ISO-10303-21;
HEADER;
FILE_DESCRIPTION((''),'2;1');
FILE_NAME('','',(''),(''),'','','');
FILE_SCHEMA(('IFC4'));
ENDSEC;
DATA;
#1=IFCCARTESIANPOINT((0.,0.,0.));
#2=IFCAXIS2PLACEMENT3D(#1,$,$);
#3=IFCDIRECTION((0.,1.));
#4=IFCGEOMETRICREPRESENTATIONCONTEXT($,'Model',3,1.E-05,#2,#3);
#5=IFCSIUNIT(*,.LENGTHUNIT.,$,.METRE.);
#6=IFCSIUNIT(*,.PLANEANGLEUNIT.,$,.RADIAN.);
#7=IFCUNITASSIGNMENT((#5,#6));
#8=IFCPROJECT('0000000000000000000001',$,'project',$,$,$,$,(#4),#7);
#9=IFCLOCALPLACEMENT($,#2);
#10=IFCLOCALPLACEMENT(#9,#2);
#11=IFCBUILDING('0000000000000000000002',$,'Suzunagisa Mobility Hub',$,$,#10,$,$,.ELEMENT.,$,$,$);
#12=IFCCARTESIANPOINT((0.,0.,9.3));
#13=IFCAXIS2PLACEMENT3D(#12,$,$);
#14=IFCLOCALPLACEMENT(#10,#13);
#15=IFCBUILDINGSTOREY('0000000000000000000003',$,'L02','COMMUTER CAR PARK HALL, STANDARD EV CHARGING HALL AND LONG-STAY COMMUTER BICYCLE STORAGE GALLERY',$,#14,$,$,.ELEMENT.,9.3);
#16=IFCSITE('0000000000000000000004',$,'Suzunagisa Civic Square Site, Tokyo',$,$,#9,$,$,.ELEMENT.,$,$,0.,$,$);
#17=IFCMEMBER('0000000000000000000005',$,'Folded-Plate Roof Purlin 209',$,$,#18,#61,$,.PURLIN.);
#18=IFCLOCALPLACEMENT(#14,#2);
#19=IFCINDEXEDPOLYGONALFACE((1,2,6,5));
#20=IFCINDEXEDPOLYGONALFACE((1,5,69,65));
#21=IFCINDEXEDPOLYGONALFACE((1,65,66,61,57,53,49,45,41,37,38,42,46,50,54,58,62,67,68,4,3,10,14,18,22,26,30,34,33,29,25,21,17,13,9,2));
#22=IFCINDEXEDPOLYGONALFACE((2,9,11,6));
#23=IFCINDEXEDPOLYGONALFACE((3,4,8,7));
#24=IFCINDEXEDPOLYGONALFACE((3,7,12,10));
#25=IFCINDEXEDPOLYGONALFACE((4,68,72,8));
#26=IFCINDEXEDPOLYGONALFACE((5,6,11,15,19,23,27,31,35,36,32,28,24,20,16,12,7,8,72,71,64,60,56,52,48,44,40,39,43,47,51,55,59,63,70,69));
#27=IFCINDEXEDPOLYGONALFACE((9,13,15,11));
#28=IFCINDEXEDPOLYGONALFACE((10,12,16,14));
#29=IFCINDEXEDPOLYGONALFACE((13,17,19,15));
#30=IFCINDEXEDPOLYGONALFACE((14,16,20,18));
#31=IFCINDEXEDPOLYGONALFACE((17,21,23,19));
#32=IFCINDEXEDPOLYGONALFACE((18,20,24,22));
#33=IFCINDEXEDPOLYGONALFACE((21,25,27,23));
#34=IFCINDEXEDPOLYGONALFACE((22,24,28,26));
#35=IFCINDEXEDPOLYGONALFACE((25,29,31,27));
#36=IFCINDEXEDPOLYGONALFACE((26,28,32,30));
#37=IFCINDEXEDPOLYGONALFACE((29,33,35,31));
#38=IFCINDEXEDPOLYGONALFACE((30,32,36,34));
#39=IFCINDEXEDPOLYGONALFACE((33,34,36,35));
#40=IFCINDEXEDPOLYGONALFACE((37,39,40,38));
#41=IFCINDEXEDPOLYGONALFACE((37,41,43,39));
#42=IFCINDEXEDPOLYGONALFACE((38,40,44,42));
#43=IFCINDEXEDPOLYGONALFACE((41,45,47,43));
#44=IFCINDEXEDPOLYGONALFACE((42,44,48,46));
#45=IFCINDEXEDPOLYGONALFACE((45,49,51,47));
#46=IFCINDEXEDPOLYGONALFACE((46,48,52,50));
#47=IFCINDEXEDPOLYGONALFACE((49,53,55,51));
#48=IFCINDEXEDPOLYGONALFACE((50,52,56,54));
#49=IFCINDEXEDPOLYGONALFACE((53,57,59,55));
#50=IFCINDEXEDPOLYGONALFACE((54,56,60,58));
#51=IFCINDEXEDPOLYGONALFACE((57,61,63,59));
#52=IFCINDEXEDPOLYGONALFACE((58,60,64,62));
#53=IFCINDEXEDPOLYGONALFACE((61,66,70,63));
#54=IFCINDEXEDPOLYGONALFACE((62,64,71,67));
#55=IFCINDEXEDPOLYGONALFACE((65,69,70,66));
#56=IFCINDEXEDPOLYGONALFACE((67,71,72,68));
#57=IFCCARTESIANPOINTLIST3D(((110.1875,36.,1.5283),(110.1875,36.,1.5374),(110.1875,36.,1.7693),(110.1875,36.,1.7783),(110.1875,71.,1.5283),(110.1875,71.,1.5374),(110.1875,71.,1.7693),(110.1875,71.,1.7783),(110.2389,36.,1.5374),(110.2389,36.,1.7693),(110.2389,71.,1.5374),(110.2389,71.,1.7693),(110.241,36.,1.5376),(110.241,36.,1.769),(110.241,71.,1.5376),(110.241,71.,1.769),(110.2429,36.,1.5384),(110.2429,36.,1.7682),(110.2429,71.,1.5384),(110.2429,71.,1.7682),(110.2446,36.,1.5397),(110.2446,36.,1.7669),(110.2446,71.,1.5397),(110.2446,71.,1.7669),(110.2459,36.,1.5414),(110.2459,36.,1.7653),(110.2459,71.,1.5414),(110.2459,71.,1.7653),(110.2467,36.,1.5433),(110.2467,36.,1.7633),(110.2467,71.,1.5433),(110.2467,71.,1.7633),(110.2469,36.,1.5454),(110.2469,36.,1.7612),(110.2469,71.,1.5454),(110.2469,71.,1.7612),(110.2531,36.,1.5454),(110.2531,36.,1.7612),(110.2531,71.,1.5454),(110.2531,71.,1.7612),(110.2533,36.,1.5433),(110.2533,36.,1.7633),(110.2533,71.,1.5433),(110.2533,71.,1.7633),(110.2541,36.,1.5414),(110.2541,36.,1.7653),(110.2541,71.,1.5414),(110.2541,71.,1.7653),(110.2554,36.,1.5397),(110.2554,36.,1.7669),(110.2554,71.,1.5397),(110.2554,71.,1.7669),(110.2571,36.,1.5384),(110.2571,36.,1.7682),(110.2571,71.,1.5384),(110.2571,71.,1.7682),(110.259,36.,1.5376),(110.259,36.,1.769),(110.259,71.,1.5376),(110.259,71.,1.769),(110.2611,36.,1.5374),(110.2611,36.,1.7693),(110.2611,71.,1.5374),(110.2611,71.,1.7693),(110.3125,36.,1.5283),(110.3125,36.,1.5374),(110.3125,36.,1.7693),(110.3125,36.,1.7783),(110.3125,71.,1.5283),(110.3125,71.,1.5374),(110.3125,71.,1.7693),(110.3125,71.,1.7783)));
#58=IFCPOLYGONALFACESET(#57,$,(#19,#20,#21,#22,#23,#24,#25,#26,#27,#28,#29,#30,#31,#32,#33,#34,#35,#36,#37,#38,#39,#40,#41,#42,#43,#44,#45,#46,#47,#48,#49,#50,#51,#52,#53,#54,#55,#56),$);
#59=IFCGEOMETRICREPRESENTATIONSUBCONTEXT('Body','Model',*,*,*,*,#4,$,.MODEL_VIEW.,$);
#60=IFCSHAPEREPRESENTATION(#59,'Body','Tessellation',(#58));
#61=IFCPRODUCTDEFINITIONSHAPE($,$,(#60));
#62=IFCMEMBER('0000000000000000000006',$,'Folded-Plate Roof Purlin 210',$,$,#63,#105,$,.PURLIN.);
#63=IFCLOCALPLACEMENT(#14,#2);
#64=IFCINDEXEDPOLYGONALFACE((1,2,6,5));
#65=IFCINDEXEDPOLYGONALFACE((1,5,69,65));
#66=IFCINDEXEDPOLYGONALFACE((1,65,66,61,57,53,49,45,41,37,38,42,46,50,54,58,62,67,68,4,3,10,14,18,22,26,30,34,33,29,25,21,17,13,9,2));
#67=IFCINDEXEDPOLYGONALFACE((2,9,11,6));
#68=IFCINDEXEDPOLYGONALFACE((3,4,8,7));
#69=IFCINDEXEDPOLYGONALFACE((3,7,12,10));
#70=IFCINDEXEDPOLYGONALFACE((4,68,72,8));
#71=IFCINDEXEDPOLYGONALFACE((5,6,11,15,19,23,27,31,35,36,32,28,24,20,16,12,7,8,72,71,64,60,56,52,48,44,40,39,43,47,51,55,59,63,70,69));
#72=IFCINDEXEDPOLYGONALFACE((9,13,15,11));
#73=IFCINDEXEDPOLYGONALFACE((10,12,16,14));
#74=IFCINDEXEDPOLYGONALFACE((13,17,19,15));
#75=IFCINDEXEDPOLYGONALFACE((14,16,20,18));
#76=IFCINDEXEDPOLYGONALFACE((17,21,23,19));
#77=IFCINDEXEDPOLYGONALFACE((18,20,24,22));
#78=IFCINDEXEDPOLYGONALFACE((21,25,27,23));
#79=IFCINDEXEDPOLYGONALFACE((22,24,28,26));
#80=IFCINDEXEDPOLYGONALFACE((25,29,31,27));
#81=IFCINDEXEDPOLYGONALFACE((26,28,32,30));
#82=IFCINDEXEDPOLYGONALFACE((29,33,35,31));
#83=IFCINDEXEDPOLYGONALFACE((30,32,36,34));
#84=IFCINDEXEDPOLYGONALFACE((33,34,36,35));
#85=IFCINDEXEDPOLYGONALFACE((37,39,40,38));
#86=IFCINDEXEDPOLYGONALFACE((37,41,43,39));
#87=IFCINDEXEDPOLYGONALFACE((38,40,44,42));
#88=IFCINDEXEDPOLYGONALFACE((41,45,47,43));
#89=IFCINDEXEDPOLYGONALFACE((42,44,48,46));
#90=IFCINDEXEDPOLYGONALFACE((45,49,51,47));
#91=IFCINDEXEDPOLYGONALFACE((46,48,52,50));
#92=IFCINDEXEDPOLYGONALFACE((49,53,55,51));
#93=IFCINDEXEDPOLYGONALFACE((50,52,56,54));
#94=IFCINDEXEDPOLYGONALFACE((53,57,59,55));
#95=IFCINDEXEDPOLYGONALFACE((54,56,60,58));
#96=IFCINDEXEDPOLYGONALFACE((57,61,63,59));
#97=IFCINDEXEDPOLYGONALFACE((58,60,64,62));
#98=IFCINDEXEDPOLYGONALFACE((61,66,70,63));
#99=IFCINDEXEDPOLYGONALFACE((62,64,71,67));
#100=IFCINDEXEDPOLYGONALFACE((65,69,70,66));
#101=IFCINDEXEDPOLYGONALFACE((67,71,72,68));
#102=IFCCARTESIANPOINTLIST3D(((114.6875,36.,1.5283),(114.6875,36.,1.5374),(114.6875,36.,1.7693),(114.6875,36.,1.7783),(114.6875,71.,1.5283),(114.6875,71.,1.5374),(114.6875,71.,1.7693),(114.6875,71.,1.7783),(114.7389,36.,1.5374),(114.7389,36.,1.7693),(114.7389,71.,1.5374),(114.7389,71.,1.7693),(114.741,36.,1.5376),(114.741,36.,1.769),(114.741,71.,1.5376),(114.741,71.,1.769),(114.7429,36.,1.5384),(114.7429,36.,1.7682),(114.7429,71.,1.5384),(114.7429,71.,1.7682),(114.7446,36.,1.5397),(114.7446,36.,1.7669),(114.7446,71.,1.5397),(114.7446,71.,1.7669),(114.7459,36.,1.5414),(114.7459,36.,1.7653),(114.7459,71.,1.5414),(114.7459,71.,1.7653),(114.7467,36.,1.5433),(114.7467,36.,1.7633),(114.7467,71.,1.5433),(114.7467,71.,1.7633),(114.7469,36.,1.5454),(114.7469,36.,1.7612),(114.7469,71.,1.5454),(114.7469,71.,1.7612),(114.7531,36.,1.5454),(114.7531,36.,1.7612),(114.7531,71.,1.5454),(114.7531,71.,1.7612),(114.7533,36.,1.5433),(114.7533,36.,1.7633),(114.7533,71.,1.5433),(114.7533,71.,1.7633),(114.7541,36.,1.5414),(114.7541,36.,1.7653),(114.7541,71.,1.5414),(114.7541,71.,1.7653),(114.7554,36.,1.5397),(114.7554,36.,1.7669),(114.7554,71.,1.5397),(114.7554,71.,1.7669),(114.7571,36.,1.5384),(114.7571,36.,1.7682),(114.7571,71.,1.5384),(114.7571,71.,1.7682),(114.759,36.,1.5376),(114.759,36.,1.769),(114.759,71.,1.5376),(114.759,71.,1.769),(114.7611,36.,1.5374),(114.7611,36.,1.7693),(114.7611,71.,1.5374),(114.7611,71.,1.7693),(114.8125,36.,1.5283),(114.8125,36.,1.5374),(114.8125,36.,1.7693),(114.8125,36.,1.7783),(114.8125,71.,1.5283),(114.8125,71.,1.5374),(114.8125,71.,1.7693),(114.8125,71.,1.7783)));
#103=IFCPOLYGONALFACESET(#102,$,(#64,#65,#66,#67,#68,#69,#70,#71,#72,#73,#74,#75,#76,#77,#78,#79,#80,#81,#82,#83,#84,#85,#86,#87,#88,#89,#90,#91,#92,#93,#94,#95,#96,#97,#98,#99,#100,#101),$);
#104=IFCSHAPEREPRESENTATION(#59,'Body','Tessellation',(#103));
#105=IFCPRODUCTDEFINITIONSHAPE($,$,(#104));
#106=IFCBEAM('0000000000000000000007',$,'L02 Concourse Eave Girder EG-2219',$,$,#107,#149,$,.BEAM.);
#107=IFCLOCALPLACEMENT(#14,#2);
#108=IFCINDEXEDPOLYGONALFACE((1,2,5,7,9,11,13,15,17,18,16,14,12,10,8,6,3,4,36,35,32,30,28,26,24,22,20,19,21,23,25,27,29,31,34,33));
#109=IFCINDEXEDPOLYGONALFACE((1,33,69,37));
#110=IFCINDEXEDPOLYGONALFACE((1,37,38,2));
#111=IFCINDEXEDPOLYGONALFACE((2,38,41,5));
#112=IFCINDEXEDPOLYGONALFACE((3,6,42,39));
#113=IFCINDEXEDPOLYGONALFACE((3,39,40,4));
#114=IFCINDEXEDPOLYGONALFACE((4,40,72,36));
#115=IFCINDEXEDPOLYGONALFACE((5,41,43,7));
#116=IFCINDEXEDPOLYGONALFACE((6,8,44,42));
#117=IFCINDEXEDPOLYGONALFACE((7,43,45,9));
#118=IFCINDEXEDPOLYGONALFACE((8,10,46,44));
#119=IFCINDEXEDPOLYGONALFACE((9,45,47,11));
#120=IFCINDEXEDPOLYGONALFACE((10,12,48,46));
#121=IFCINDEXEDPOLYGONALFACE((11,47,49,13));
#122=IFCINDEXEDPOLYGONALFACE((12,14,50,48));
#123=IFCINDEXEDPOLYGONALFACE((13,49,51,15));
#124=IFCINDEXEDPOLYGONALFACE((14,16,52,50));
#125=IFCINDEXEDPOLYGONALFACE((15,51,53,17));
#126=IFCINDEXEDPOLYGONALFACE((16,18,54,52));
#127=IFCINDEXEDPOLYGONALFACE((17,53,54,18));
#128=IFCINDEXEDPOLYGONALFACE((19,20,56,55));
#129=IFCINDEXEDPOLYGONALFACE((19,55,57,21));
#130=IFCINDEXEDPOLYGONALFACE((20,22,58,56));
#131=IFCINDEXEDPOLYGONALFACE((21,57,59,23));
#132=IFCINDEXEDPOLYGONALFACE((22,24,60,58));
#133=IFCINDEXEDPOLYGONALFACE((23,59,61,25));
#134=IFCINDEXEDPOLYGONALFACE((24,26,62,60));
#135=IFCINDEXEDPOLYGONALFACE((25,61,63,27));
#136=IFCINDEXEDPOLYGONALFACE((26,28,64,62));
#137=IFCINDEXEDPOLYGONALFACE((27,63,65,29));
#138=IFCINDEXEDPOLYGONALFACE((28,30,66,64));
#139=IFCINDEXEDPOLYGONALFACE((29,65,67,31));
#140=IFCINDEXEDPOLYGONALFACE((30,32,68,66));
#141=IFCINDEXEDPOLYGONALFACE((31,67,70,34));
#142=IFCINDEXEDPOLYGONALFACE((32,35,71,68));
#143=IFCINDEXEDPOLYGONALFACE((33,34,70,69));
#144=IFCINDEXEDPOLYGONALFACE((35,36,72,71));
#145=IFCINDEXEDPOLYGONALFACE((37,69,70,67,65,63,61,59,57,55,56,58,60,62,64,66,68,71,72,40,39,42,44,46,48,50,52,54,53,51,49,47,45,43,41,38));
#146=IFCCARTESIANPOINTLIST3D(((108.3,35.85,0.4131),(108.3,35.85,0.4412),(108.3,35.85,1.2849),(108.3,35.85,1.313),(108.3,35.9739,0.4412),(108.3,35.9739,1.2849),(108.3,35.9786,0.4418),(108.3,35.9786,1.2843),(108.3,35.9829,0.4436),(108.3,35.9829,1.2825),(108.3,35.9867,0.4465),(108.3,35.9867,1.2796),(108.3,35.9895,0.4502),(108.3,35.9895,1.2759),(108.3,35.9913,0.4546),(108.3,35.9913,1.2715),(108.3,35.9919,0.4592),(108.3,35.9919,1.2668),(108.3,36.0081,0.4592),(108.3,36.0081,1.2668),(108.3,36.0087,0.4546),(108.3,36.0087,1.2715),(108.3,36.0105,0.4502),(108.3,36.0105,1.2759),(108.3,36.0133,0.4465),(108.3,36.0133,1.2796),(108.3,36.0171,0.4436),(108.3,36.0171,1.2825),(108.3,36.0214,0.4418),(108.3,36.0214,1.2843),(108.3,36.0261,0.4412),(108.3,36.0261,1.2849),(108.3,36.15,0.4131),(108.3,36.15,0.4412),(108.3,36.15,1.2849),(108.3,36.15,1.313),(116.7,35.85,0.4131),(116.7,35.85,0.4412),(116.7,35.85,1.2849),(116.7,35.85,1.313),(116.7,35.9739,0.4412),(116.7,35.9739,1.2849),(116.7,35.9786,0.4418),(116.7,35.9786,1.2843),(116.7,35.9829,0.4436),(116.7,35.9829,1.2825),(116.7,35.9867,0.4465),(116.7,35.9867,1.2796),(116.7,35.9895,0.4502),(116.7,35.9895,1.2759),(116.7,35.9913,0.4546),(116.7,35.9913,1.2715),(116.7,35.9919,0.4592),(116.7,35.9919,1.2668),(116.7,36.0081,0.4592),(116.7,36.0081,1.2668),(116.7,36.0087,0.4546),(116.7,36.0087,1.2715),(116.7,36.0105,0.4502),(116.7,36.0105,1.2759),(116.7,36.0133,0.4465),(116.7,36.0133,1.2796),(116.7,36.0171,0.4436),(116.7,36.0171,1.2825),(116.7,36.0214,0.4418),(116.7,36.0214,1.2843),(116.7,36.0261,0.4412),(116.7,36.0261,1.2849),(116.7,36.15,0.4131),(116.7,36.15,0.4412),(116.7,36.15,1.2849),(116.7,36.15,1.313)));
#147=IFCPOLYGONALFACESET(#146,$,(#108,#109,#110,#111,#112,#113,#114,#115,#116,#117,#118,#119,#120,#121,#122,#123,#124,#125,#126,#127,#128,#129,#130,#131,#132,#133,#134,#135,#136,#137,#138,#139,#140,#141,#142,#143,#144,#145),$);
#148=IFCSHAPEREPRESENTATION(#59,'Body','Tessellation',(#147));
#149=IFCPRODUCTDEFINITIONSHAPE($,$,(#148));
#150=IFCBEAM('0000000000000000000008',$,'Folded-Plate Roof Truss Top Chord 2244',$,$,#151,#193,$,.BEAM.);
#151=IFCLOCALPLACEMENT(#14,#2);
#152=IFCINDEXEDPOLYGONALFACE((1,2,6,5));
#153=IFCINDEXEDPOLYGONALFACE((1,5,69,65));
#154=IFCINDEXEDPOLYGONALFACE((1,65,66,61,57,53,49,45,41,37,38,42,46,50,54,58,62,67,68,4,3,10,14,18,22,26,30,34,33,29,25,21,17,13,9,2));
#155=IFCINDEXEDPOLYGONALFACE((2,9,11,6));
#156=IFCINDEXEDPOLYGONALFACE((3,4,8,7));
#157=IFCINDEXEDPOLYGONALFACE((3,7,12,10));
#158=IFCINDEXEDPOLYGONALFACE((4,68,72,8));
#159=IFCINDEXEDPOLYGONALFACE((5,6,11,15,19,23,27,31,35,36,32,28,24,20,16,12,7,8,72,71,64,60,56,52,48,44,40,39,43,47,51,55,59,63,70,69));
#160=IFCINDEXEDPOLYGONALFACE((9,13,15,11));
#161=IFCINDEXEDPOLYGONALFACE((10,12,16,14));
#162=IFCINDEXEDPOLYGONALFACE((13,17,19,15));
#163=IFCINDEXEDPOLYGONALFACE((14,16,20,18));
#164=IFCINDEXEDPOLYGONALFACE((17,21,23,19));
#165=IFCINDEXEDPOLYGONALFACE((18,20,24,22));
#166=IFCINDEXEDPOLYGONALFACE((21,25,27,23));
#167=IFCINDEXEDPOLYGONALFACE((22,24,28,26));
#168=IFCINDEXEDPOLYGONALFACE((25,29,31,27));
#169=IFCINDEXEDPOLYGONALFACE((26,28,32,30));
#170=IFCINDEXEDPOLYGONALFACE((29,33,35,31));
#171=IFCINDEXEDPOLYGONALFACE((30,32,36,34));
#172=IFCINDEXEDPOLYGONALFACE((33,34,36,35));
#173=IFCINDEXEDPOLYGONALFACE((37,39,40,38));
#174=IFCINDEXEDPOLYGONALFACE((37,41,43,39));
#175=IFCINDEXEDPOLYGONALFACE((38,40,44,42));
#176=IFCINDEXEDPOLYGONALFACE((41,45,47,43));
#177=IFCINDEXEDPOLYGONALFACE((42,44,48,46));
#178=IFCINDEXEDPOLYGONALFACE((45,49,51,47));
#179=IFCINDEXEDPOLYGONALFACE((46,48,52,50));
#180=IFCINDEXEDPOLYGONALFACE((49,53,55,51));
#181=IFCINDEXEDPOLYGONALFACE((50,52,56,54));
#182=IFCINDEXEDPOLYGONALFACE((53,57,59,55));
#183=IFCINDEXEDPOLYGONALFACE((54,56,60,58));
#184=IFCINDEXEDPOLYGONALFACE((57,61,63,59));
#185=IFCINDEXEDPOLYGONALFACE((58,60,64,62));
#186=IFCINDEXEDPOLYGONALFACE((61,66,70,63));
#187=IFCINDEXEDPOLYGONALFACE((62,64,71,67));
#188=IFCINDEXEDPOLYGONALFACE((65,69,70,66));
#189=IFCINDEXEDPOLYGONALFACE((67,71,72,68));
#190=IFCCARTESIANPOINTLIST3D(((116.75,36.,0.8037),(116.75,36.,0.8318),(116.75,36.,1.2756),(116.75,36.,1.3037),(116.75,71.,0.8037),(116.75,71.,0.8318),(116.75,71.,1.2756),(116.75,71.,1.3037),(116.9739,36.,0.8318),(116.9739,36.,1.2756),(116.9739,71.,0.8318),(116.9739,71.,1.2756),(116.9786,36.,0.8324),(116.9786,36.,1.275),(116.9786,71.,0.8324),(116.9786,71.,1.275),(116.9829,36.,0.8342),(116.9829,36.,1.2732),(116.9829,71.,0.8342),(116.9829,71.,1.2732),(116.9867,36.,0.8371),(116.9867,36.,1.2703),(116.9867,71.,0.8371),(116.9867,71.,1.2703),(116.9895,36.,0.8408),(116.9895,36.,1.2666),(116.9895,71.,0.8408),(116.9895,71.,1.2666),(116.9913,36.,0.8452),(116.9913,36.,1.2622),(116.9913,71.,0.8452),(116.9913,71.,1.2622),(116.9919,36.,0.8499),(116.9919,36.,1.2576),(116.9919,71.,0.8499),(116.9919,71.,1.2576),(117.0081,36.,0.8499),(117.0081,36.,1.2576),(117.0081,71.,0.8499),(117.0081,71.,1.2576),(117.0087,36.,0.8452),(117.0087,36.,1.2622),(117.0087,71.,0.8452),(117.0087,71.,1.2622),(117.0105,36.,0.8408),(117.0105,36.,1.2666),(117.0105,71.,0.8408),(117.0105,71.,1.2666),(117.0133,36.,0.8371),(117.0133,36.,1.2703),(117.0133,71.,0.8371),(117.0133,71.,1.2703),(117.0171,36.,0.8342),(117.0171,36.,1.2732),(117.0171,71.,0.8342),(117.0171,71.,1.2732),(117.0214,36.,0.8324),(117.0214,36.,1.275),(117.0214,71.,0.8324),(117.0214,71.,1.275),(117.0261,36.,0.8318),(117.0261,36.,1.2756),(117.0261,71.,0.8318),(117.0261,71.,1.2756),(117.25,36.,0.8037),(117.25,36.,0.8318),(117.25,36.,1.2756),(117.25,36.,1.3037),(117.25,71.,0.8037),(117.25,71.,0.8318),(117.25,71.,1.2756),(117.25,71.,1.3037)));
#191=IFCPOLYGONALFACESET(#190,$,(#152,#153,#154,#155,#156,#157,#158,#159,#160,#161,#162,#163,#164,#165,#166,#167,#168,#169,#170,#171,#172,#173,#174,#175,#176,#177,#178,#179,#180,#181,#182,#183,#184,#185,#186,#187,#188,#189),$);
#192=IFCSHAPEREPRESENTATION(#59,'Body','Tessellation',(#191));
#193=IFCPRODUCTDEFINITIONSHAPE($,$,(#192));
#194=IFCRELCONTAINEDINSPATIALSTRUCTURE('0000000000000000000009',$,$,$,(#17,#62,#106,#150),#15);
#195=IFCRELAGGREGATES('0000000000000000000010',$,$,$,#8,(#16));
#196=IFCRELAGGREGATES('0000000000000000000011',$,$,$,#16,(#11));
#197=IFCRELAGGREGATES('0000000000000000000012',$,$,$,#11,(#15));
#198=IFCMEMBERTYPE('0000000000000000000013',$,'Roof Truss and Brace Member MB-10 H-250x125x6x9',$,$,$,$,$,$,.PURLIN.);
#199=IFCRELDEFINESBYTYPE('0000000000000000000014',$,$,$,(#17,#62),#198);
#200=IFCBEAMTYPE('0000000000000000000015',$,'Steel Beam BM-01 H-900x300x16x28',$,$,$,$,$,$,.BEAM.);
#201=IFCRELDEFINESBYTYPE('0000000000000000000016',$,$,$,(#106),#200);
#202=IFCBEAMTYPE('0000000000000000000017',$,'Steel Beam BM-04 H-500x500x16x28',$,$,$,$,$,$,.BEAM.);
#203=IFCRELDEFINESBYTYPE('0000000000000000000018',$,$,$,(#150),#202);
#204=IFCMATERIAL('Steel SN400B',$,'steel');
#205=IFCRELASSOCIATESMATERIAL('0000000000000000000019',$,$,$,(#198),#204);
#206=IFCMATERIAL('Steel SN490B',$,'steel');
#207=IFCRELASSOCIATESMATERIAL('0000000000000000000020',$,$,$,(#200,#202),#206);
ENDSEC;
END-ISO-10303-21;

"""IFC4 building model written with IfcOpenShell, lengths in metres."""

from ifc_helpers import new_model, si_unit, direction, frame, origin, origin_2d, place, context, subcontext, project, spatial, i_section, extrude, material, material_profile, profile_set, type_object, element, save


model = new_model("IFC4")

# Units and contexts
model_context = context("Model", 3, precision=1e-05, world=origin(), true_north=direction((0.0, 1.0)))
body_context = subcontext(model_context, "Body", "Model", "MODEL_VIEW")
ifc_project = project(units=[si_unit("LENGTHUNIT", "METRE"), si_unit("PLANEANGLEUNIT", "RADIAN")], contexts=[model_context])

# Site, building, storey
site_placement = place(None, origin())
site = spatial("IfcSite", under=ifc_project, at=site_placement, Name="Suzunagisa Civic Square Site, Tokyo", CompositionType="ELEMENT", RefElevation=0.0)
building_placement = place(site_placement, origin())
building = spatial("IfcBuilding", under=site, at=building_placement, Name="Suzunagisa Mobility Hub", CompositionType="ELEMENT")
storey_placement = place(building_placement, frame((0.0, 0.0, 9.3)))
storey = spatial("IfcBuildingStorey", under=building, at=storey_placement, Name="L02", Description="COMMUTER CAR PARK HALL, STANDARD EV CHARGING HALL AND LONG-STAY COMMUTER BICYCLE STORAGE GALLERY", CompositionType="ELEMENT", Elevation=9.3)

# Shared definitions
ifc_material_1 = material(Name="Steel SN490B", Category="steel")

# Members
ifc_material_2 = material(Name="Steel SN400B", Category="steel")
ifc_material_profile_1 = material_profile(ifc_material_2, i_section(OverallWidth=0.125, OverallDepth=0.25, WebThickness=0.0061, FlangeThickness=0.009, FilletRadius=0.0081, at=origin_2d()), Name="H-250x125x6x9")
ifc_profile_set_1 = profile_set([ifc_material_profile_1], Name="Steel SN400B")
member_type_1 = type_object("IfcMemberType", Name="Roof Truss and Brace Member MB-10 H-250x125x6x9", PredefinedType="PURLIN", material=ifc_profile_set_1)
for number, where, z_axis, x_axis, name in (
    (1, (110.25, 36.0, 1.6533), (0.0, 1.0, 0.0), (-1.0, 0.0, 0.0), "Folded-Plate Roof Purlin 209"),
    (2, (114.75, 36.0, 1.6533), (0.0, 1.0, 0.0), (-1.0, 0.0, 0.0), "Folded-Plate Roof Purlin 210"),
):
    element("IfcMember", number, at=place(storey_placement, frame(where, z_axis=z_axis, x_axis=x_axis)), inside=storey, type_object=member_type_1, Name=name, PredefinedType="PURLIN", context=body_context, shape_type="SweptSolid", body=[
        extrude(i_section(OverallWidth=0.125, OverallDepth=0.25, WebThickness=0.0061, FlangeThickness=0.009, FilletRadius=0.0081, at=origin_2d()), origin(), (0.0, 0.0, 1.0), 35.0),
    ])

# Beams
ifc_material_profile_2 = material_profile(ifc_material_1, i_section(OverallWidth=0.3, OverallDepth=0.8999, WebThickness=0.0161, FlangeThickness=0.0281, FilletRadius=0.0181, at=origin_2d()), Name="H-900x300x16x28")
ifc_profile_set_2 = profile_set([ifc_material_profile_2], Name="Steel SN490B")
beam_type_1 = type_object("IfcBeamType", Name="Steel Beam BM-01 H-900x300x16x28", PredefinedType="BEAM", material=ifc_profile_set_2)
beam_1_placement = place(storey_placement, frame((108.3, 36.0, 0.863), z_axis=(1.0, 0.0, 0.0), x_axis=(0.0, 1.0, 0.0)))
element("IfcBeam", 3, at=beam_1_placement, inside=storey, type_object=beam_type_1, Name="L02 Concourse Eave Girder EG-2219", PredefinedType="BEAM", context=body_context, shape_type="SweptSolid", body=[
    extrude(i_section(OverallWidth=0.3, OverallDepth=0.8999, WebThickness=0.0161, FlangeThickness=0.0281, FilletRadius=0.0181, at=origin_2d()), origin(), (0.0, 0.0, 1.0), 8.3999),
])
ifc_material_profile_3 = material_profile(ifc_material_1, i_section(OverallWidth=0.5, OverallDepth=0.5, WebThickness=0.0161, FlangeThickness=0.0281, FilletRadius=0.0181, at=origin_2d()), Name="H-500x500x16x28")
ifc_profile_set_3 = profile_set([ifc_material_profile_3], Name="Steel SN490B")
beam_type_2 = type_object("IfcBeamType", Name="Steel Beam BM-04 H-500x500x16x28", PredefinedType="BEAM", material=ifc_profile_set_3)
beam_2_placement = place(storey_placement, frame((117.0, 36.0, 1.0537), z_axis=(0.0, 1.0, 0.0), x_axis=(-1.0, 0.0, 0.0)))
element("IfcBeam", 4, at=beam_2_placement, inside=storey, type_object=beam_type_2, Name="Folded-Plate Roof Truss Top Chord 2244", PredefinedType="BEAM", context=body_context, shape_type="SweptSolid", body=[
    extrude(i_section(OverallWidth=0.5, OverallDepth=0.5, WebThickness=0.0161, FlangeThickness=0.0281, FilletRadius=0.0181, at=origin_2d()), origin(), (0.0, 0.0, 1.0), 35.0),
])

save(model, "model.ifc")
